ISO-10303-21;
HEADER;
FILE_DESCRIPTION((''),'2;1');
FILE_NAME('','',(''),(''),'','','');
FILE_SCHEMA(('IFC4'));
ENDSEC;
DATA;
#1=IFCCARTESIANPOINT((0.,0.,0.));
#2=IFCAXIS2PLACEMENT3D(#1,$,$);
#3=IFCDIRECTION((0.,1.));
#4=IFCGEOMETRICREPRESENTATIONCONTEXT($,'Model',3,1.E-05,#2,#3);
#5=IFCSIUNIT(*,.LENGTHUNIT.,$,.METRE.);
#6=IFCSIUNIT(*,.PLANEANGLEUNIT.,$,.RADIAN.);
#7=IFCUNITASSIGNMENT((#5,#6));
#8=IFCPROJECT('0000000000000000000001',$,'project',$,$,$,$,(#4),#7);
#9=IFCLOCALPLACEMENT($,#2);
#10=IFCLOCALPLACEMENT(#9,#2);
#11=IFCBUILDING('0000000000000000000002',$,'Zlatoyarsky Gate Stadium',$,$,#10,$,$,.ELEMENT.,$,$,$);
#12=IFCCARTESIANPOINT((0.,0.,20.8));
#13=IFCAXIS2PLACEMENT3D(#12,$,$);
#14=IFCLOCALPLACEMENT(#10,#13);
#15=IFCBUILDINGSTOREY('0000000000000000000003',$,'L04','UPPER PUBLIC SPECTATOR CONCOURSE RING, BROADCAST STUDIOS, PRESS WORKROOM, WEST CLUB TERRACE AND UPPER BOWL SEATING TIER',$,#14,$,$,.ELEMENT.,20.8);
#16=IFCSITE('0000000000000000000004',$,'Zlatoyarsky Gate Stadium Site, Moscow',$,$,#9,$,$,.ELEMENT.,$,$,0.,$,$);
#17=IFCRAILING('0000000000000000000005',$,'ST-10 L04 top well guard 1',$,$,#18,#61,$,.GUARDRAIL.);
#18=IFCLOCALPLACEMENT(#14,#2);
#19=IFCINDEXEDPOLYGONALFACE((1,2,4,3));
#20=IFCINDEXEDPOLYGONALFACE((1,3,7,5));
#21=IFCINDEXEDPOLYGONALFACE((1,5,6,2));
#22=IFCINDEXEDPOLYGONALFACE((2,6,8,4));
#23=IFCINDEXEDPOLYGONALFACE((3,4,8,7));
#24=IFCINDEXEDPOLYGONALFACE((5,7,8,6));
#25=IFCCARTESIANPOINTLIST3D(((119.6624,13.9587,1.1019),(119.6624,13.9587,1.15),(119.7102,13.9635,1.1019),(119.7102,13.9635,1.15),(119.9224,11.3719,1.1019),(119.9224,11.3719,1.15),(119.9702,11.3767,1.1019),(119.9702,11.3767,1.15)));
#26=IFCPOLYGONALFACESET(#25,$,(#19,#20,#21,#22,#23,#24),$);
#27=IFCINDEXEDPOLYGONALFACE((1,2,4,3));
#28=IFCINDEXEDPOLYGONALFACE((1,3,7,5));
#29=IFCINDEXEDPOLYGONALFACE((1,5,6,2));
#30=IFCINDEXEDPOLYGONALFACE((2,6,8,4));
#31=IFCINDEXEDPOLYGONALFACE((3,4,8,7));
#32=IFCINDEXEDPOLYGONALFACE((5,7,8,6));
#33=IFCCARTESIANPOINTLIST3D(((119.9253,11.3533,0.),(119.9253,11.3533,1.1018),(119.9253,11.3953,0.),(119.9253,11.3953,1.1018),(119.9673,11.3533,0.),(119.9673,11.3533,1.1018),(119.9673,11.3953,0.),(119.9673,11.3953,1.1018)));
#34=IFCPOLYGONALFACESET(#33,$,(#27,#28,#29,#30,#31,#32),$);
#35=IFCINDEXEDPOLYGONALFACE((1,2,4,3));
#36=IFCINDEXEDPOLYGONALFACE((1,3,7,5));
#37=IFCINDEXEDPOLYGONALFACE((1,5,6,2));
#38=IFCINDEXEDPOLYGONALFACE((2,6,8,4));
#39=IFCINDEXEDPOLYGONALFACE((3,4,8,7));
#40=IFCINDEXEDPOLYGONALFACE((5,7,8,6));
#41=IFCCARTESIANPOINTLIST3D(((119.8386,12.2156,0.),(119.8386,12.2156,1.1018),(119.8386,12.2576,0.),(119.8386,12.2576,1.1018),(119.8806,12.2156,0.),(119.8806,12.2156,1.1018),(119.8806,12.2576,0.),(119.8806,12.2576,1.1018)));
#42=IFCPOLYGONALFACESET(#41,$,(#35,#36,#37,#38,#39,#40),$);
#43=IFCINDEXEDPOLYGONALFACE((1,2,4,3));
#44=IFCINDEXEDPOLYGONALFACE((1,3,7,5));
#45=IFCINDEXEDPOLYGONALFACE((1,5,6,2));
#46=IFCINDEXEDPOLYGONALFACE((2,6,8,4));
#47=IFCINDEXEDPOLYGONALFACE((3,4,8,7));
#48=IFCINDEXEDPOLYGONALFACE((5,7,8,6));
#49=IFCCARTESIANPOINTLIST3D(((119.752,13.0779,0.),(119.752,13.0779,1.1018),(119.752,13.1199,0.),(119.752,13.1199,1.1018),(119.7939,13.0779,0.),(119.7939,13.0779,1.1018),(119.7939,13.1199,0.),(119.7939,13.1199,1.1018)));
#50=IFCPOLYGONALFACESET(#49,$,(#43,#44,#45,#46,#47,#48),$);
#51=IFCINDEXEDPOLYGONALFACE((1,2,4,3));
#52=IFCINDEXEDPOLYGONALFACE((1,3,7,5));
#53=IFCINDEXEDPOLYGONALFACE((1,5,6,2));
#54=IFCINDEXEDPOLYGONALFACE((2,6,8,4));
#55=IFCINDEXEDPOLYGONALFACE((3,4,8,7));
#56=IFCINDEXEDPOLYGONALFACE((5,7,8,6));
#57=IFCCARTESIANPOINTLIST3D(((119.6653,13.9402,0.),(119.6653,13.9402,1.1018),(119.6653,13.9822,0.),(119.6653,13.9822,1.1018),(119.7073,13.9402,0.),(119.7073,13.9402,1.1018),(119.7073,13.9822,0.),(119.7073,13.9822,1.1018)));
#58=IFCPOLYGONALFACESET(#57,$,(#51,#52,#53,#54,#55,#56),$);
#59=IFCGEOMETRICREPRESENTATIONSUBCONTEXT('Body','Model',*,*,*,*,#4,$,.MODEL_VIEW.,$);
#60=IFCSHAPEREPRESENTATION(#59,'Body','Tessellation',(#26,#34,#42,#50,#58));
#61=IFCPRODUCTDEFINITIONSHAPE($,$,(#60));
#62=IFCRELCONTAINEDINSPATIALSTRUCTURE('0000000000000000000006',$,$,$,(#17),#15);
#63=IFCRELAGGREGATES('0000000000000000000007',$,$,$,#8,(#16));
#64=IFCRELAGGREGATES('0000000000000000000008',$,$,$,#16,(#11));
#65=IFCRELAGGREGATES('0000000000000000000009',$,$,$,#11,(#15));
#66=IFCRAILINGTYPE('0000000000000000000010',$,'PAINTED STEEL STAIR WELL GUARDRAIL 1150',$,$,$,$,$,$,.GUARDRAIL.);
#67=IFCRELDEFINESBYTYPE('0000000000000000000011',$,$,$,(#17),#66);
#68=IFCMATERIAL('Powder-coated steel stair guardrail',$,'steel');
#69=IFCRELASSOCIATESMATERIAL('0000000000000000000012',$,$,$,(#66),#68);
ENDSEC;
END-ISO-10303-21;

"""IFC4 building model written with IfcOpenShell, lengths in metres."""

from ifc_helpers import new_model, si_unit, direction, frame, origin, origin_2d, place, context, subcontext, project, spatial, rectangle, extrude, material, type_object, element, save


model = new_model("IFC4")

# Units and contexts
model_context = context("Model", 3, precision=1e-05, world=origin(), true_north=direction((0.0, 1.0)))
body_context = subcontext(model_context, "Body", "Model", "MODEL_VIEW")
ifc_project = project(units=[si_unit("LENGTHUNIT", "METRE"), si_unit("PLANEANGLEUNIT", "RADIAN")], contexts=[model_context])

# Site, building, storey
site_placement = place(None, origin())
site = spatial("IfcSite", under=ifc_project, at=site_placement, Name="Zlatoyarsky Gate Stadium Site, Moscow", CompositionType="ELEMENT", RefElevation=0.0)
building_placement = place(site_placement, origin())
building = spatial("IfcBuilding", under=site, at=building_placement, Name="Zlatoyarsky Gate Stadium", CompositionType="ELEMENT")
storey_placement = place(building_placement, frame((0.0, 0.0, 20.8)))
storey = spatial("IfcBuildingStorey", under=building, at=storey_placement, Name="L04", Description="UPPER PUBLIC SPECTATOR CONCOURSE RING, BROADCAST STUDIOS, PRESS WORKROOM, WEST CLUB TERRACE AND UPPER BOWL SEATING TIER", CompositionType="ELEMENT", Elevation=20.8)

# Railing
ifc_material_1 = material(Name="Powder-coated steel stair guardrail", Category="steel")
railing_type_1 = type_object("IfcRailingType", Name="PAINTED STEEL STAIR WELL GUARDRAIL 1150", PredefinedType="GUARDRAIL", material=ifc_material_1)
railing_1_placement = place(storey_placement, frame((119.9463, 11.3743, 0.0)))
element("IfcRailing", 1, at=railing_1_placement, inside=storey, type_object=railing_type_1, Name="ST-10 L04 top well guard 1", PredefinedType="GUARDRAIL", context=body_context, shape_type="SweptSolid", body=[
    extrude(rectangle(XDim=0.0481, YDim=0.0481, at=origin_2d()), frame((0.0, 0.0, 1.126), z_axis=(-0.100006, 0.994987, 0.0), x_axis=(-0.994987, -0.100006, 0.0)), (0.0, 0.0, 1.0), 2.5999),
    extrude(rectangle(XDim=0.042, YDim=0.042, at=origin_2d()), origin(), (0.0, 0.0, 1.0), 1.1018),
    extrude(rectangle(XDim=0.042, YDim=0.042, at=origin_2d()), frame((-0.0867, 0.8623, 0.0)), (0.0, 0.0, 1.0), 1.1018),
    extrude(rectangle(XDim=0.042, YDim=0.042, at=origin_2d()), frame((-0.1733, 1.7246, 0.0)), (0.0, 0.0, 1.0), 1.1018),
    extrude(rectangle(XDim=0.042, YDim=0.042, at=origin_2d()), frame((-0.26, 2.5869, 0.0)), (0.0, 0.0, 1.0), 1.1018),
])

save(model, "model.ifc")
